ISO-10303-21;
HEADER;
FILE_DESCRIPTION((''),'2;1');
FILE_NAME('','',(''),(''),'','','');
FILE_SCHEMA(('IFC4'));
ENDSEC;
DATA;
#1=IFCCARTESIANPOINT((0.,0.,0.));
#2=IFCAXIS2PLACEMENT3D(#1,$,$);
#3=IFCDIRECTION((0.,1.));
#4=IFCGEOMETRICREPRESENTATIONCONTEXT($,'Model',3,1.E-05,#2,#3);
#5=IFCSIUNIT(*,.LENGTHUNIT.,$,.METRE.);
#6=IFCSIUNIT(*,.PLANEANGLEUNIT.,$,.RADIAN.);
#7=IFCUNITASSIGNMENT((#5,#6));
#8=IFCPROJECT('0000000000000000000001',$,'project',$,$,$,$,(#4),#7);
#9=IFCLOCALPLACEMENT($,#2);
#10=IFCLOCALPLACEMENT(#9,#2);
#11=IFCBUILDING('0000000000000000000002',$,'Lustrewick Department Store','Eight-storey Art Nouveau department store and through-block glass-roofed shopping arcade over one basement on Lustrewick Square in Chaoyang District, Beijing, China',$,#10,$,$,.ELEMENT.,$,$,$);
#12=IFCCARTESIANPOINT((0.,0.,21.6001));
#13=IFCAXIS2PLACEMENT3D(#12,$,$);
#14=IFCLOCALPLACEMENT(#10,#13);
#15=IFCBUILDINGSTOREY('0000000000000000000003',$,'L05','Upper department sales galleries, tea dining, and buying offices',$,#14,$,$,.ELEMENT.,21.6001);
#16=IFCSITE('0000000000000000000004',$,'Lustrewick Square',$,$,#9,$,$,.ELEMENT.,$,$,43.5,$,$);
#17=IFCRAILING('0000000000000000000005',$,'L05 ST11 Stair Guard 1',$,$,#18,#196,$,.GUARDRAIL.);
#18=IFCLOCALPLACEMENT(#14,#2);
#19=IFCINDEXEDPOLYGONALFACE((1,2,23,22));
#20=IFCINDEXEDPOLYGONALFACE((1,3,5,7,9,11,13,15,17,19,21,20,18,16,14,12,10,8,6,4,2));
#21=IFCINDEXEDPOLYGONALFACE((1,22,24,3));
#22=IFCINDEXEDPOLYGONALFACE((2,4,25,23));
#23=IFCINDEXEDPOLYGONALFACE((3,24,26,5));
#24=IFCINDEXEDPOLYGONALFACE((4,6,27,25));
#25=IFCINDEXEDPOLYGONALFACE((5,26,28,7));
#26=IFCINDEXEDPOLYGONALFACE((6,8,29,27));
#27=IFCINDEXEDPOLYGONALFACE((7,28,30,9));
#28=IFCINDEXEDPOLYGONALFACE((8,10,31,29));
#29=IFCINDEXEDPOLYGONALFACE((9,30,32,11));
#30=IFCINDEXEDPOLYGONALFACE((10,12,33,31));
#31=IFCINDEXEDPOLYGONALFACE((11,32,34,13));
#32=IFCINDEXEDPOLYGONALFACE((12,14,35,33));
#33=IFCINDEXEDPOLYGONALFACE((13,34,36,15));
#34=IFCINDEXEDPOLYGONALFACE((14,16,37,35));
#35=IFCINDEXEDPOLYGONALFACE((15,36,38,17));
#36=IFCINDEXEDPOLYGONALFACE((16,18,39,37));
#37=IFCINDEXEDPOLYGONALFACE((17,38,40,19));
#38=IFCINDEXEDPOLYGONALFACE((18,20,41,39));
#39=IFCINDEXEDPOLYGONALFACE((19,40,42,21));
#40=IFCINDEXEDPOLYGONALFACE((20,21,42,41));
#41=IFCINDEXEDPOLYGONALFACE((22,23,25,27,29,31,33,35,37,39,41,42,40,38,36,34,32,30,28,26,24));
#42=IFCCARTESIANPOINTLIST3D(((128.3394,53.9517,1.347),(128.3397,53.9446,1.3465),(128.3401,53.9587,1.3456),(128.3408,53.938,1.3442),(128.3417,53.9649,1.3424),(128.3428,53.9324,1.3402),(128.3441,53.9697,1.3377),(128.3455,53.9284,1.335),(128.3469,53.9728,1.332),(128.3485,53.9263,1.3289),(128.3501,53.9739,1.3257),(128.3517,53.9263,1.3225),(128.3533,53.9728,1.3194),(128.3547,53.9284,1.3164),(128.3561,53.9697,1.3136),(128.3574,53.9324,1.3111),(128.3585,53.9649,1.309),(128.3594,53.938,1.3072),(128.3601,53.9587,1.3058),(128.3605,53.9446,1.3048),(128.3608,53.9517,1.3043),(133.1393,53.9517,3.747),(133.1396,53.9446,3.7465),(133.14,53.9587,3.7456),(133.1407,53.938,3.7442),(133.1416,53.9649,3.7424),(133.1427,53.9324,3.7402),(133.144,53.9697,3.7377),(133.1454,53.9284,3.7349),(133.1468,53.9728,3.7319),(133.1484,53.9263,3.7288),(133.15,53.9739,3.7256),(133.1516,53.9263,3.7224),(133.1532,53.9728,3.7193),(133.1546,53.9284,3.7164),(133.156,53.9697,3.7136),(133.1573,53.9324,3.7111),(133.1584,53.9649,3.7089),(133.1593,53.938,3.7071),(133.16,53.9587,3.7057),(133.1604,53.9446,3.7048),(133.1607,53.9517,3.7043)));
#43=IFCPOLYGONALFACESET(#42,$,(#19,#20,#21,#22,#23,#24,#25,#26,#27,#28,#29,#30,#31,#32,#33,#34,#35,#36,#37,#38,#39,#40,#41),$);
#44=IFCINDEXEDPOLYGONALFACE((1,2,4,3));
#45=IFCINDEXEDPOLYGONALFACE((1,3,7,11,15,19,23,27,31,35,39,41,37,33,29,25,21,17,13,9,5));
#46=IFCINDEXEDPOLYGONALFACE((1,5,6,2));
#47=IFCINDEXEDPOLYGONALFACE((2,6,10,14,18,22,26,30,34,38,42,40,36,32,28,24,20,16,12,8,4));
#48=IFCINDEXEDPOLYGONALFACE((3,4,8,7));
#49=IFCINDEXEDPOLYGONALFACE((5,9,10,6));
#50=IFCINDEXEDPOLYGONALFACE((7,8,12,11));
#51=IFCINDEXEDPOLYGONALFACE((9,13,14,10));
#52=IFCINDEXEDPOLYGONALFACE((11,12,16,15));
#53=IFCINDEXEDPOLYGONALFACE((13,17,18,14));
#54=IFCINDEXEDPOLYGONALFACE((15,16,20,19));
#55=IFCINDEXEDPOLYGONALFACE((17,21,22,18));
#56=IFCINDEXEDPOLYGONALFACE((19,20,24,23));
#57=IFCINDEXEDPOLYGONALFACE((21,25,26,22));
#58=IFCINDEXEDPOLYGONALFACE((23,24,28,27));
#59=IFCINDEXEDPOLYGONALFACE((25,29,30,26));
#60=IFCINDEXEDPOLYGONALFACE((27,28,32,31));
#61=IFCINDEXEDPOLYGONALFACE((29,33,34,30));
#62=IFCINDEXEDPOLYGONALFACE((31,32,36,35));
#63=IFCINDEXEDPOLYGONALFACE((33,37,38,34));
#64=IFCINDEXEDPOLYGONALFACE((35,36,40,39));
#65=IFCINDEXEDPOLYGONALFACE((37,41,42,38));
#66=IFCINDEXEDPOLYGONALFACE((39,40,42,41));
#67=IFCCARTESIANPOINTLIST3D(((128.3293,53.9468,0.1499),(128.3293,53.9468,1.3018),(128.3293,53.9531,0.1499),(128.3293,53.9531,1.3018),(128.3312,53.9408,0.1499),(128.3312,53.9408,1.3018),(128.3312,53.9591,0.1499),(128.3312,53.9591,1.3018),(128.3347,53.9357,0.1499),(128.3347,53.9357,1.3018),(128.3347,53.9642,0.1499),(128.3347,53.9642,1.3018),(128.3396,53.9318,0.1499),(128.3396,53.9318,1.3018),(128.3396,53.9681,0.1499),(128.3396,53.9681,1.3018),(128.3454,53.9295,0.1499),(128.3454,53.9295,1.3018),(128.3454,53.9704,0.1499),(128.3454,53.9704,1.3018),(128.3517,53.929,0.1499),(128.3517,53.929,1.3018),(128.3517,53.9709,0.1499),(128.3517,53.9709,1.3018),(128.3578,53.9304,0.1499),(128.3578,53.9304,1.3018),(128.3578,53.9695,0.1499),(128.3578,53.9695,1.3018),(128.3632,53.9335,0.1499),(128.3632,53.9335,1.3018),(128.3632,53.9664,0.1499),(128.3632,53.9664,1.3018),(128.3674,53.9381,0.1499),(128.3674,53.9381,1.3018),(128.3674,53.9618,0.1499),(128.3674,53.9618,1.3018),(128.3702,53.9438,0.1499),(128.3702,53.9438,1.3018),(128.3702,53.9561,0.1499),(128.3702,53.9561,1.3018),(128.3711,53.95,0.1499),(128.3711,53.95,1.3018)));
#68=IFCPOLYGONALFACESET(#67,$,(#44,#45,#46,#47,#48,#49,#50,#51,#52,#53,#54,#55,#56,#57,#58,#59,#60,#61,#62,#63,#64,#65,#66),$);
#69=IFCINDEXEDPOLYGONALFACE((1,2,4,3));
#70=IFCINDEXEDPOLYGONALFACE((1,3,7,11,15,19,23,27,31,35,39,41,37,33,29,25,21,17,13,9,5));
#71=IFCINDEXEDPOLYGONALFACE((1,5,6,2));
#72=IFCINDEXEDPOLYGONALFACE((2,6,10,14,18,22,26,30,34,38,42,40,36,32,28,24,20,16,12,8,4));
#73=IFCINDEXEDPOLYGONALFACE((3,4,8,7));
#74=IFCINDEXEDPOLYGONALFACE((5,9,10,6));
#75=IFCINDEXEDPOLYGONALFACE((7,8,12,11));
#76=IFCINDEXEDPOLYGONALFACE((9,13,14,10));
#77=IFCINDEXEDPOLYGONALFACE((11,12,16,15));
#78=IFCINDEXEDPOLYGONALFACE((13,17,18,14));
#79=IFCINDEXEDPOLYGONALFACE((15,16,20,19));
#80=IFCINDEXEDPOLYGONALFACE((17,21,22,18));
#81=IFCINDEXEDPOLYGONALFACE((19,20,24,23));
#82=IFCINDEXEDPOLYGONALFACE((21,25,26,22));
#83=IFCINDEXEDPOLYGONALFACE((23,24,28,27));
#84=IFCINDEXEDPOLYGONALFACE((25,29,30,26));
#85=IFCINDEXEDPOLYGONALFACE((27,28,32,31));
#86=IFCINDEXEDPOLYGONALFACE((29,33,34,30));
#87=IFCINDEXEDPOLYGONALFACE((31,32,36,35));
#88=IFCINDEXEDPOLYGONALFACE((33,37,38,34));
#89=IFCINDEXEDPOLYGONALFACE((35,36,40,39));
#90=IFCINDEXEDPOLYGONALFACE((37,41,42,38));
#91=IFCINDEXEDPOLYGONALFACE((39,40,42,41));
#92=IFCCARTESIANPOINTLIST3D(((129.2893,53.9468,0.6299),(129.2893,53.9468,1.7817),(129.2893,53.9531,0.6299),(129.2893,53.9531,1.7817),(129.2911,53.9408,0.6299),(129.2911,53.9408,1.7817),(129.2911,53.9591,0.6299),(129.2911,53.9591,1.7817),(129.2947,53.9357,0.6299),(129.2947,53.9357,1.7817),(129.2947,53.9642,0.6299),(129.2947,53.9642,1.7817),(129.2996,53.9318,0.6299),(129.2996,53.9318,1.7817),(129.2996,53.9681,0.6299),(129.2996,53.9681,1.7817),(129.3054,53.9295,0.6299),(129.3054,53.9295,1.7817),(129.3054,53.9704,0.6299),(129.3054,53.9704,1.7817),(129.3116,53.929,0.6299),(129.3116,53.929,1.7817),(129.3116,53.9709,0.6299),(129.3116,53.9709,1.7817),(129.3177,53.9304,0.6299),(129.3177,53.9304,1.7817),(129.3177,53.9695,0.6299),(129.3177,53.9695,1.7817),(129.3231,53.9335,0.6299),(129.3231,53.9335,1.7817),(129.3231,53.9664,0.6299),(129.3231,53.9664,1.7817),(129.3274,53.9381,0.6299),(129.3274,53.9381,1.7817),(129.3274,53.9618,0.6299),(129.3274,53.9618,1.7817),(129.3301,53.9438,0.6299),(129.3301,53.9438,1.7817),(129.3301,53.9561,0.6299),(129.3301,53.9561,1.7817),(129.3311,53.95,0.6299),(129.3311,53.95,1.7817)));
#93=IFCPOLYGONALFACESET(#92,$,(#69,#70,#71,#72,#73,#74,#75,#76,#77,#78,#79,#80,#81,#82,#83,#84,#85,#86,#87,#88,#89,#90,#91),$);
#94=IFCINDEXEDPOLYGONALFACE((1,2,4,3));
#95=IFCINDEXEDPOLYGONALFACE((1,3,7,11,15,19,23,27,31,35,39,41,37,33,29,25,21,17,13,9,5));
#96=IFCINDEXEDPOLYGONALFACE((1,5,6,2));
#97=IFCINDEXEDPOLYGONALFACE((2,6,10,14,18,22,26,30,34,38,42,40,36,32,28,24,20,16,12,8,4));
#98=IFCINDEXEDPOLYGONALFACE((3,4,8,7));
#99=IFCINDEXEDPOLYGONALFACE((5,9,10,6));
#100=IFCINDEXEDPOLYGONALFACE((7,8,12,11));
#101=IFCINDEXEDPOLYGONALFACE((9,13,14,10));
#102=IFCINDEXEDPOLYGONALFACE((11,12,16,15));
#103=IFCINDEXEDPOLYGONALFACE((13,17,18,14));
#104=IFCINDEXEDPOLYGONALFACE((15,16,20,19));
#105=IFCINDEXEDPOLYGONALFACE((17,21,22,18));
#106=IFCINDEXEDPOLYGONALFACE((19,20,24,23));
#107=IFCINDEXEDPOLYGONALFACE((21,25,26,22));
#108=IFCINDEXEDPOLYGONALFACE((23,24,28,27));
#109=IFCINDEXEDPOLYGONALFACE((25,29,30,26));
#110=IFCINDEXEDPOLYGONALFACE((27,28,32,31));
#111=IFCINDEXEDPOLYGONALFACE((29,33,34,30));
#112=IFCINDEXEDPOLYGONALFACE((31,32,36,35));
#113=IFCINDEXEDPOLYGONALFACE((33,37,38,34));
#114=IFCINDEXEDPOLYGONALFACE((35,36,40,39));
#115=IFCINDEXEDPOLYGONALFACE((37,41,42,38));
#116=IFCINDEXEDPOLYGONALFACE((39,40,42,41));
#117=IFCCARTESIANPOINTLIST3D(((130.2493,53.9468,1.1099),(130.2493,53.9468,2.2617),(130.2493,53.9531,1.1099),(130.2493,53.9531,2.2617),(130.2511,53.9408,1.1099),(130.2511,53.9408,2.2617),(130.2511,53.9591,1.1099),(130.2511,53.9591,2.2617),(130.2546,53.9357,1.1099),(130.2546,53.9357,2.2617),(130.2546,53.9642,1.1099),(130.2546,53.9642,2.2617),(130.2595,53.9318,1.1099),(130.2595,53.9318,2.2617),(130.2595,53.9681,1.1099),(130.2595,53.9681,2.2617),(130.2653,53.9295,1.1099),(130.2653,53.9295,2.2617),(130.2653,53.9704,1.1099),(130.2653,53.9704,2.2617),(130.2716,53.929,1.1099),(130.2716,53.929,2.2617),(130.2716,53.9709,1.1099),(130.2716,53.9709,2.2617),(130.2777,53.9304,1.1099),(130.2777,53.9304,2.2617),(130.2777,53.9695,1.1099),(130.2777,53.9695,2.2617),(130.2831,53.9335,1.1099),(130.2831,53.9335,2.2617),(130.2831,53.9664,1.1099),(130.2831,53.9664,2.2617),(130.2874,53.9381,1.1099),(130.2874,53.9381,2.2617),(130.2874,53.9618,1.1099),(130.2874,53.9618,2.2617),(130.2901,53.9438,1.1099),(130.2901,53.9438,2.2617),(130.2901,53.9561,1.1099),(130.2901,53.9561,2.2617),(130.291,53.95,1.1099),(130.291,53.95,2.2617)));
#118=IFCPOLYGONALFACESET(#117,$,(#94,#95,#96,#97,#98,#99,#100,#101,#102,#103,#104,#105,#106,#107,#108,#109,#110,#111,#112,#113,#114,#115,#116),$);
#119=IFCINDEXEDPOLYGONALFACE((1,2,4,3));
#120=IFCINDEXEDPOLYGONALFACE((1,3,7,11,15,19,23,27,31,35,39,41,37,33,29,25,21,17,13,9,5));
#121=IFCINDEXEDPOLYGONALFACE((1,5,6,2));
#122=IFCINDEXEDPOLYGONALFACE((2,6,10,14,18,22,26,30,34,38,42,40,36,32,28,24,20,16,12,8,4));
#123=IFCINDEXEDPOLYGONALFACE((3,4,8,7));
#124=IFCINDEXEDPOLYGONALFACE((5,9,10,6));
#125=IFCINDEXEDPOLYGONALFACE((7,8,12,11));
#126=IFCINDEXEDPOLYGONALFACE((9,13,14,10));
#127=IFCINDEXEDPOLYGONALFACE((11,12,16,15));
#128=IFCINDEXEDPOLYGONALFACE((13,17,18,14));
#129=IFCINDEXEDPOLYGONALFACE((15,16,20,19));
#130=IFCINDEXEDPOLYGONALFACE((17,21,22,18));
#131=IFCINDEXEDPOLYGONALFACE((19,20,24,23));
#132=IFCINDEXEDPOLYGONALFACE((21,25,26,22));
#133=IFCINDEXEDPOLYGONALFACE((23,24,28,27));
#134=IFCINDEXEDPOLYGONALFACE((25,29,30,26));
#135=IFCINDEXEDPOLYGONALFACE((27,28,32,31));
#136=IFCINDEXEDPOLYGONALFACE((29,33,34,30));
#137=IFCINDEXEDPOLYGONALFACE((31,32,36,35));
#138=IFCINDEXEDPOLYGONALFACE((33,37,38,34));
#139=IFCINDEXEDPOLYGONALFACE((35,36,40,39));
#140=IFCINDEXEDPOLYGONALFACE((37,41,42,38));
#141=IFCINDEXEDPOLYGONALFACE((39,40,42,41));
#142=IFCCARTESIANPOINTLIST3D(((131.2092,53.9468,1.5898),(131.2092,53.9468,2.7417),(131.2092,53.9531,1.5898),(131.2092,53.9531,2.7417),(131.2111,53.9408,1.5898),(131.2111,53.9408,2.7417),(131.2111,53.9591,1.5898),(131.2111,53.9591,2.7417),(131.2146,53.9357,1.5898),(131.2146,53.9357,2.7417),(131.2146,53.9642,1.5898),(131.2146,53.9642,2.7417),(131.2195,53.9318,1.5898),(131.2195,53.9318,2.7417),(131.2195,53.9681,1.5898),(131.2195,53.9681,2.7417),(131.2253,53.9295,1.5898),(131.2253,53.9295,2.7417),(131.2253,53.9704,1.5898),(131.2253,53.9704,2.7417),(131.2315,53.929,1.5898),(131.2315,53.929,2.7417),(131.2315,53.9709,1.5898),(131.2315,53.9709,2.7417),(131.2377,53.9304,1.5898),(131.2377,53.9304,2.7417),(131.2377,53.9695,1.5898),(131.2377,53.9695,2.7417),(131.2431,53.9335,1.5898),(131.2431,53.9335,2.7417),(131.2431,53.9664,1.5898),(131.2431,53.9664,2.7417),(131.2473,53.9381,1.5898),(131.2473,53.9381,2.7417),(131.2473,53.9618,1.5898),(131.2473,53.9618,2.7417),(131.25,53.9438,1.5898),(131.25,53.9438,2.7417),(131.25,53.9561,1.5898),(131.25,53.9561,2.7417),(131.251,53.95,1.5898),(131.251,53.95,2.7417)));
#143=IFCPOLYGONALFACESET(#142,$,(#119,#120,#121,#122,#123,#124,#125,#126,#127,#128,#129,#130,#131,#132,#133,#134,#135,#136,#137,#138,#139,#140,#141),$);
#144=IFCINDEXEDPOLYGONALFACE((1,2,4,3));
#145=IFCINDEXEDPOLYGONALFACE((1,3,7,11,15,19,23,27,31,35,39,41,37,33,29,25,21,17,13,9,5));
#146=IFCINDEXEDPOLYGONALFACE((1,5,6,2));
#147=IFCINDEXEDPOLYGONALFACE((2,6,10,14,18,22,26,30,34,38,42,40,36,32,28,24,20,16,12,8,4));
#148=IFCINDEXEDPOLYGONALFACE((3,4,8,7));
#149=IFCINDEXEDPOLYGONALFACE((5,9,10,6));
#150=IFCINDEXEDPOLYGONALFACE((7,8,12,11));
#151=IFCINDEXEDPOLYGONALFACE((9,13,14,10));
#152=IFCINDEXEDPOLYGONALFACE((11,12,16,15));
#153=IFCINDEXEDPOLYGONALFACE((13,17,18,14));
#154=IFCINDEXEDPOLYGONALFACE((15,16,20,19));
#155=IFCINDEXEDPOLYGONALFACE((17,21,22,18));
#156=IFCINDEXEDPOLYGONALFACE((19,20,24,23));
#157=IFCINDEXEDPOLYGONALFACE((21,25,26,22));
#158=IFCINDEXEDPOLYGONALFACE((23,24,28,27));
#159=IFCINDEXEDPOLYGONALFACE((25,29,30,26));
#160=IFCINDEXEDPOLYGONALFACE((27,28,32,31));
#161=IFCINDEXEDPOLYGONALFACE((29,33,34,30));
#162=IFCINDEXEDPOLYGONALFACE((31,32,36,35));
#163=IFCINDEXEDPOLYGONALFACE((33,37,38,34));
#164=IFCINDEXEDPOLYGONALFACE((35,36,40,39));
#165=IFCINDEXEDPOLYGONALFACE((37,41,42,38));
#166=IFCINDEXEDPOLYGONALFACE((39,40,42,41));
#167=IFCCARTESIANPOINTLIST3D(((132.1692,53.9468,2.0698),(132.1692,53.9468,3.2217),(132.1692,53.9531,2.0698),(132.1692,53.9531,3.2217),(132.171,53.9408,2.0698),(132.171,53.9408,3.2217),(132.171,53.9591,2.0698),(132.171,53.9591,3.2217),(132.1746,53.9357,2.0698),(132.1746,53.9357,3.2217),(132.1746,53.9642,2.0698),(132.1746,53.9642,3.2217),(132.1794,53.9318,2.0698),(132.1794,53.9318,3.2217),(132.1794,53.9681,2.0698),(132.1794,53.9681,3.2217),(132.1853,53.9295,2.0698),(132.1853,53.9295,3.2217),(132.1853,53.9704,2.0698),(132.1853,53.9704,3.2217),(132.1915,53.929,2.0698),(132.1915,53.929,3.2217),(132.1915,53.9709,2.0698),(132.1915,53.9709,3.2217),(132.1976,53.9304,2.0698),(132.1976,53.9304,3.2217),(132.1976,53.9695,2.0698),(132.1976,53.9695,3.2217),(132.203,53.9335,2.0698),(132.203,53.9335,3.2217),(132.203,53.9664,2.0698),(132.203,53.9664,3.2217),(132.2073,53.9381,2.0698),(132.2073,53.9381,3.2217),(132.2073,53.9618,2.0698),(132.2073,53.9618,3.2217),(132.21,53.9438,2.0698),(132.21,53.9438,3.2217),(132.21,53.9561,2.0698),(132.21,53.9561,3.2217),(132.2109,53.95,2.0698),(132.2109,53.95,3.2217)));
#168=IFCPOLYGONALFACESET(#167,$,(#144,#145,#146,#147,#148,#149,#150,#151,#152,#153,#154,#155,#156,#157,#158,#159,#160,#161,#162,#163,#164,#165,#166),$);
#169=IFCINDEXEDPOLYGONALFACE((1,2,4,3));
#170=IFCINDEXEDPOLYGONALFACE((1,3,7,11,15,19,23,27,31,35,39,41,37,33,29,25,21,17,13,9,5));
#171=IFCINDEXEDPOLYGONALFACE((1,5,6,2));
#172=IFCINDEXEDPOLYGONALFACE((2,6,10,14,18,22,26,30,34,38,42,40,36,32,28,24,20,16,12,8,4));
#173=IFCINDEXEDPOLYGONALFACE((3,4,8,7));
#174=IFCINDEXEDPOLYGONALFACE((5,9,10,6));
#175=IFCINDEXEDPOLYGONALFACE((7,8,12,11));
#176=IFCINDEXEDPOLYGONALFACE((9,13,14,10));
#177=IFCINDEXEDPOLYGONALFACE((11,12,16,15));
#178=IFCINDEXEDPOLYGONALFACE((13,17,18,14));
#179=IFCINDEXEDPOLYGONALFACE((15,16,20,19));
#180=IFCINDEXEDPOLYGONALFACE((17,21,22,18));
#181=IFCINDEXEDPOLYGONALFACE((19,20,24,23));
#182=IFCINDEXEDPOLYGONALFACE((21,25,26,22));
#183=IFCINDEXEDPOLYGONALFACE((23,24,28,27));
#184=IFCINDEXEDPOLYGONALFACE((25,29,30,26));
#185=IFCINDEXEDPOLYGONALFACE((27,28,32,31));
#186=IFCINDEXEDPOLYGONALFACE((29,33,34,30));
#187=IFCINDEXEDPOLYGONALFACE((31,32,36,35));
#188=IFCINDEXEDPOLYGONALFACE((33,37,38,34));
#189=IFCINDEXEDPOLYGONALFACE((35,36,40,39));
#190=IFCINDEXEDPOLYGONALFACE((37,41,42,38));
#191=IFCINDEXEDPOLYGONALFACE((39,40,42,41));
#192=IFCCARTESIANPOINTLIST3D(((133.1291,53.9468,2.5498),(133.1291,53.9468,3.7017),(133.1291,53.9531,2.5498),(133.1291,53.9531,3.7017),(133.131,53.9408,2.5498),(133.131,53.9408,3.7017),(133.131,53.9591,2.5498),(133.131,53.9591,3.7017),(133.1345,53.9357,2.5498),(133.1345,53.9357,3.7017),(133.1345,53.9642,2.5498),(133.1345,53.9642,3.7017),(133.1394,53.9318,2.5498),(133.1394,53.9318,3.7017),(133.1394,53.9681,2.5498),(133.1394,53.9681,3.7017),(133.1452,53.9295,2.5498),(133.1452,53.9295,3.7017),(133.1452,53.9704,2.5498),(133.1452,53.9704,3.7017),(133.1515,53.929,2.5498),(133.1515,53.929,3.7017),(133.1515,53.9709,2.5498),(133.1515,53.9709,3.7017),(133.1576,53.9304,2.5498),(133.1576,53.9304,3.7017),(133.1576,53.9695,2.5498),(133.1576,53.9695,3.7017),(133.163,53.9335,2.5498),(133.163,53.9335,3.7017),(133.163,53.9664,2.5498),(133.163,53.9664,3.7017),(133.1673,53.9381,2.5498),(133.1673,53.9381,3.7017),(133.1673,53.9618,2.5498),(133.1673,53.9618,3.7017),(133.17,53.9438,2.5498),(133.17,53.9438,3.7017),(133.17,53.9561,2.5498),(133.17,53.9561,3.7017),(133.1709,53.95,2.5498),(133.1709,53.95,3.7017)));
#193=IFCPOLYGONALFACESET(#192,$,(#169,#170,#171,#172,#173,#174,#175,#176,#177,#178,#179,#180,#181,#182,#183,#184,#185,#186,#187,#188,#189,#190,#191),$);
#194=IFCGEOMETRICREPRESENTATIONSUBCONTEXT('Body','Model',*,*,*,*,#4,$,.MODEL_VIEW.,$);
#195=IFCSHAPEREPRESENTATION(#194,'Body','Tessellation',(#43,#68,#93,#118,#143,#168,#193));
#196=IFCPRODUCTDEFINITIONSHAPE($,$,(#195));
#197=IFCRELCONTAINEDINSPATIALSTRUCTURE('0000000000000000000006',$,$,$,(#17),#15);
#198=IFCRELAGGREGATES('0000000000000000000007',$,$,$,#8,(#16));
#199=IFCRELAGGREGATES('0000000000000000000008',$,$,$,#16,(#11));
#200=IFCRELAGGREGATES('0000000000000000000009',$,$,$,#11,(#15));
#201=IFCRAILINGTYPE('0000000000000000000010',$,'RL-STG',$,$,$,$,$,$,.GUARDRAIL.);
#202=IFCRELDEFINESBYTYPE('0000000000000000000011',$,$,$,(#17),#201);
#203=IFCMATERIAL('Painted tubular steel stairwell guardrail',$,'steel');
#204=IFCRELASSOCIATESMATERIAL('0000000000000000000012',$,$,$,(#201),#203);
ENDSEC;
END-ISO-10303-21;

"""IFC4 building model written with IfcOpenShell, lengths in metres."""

from ifc_helpers import new_model, si_unit, direction, frame, origin, origin_2d, place, context, subcontext, project, spatial, circle, extrude, material, type_object, element, save


model = new_model("IFC4")

# Units and contexts
model_context = context("Model", 3, precision=1e-05, world=origin(), true_north=direction((0.0, 1.0)))
body_context = subcontext(model_context, "Body", "Model", "MODEL_VIEW")
ifc_project = project(units=[si_unit("LENGTHUNIT", "METRE"), si_unit("PLANEANGLEUNIT", "RADIAN")], contexts=[model_context])

# Site, building, storey
site_placement = place(None, origin())
site = spatial("IfcSite", under=ifc_project, at=site_placement, Name="Lustrewick Square", CompositionType="ELEMENT", RefElevation=43.5)
building_placement = place(site_placement, origin())
building = spatial("IfcBuilding", under=site, at=building_placement, Name="Lustrewick Department Store", Description="Eight-storey Art Nouveau department store and through-block glass-roofed shopping arcade over one basement on Lustrewick Square in Chaoyang District, Beijing, China", CompositionType="ELEMENT")
storey_placement = place(building_placement, frame((0.0, 0.0, 21.6001)))
storey = spatial("IfcBuildingStorey", under=building, at=storey_placement, Name="L05", Description="Upper department sales galleries, tea dining, and buying offices", CompositionType="ELEMENT", Elevation=21.6001)

# Railing
ifc_material_1 = material(Name="Painted tubular steel stairwell guardrail", Category="steel")
railing_type_1 = type_object("IfcRailingType", Name="RL-STG", PredefinedType="GUARDRAIL", material=ifc_material_1)
railing_1_placement = place(storey_placement, frame((128.3501, 53.95, 0.1499)))
element("IfcRailing", 1, at=railing_1_placement, inside=storey, type_object=railing_type_1, Name="L05 ST11 Stair Guard 1", PredefinedType="GUARDRAIL", context=body_context, shape_type="SweptSolid", body=[
    extrude(circle(Radius=0.0239, at=origin_2d()), frame((0.0, 0.0, 1.1758), z_axis=(0.894427, 0.0, 0.447214), x_axis=(0.0, 1.0, 0.0)), (0.0, 0.0, 1.0), 5.3665),
    extrude(circle(Radius=0.021, at=origin_2d()), origin(), (0.0, 0.0, 1.0), 1.1519),
    extrude(circle(Radius=0.021, at=origin_2d()), frame((0.96, 0.0, 0.48)), (0.0, 0.0, 1.0), 1.1519),
    extrude(circle(Radius=0.021, at=origin_2d()), frame((1.9199, 0.0, 0.96)), (0.0, 0.0, 1.0), 1.1519),
    extrude(circle(Radius=0.021, at=origin_2d()), frame((2.8799, 0.0, 1.4399)), (0.0, 0.0, 1.0), 1.1519),
    extrude(circle(Radius=0.021, at=origin_2d()), frame((3.8398, 0.0, 1.9199)), (0.0, 0.0, 1.0), 1.1519),
    extrude(circle(Radius=0.021, at=origin_2d()), frame((4.7998, 0.0, 2.3999)), (0.0, 0.0, 1.0), 1.1519),
])

save(model, "model.ifc")
